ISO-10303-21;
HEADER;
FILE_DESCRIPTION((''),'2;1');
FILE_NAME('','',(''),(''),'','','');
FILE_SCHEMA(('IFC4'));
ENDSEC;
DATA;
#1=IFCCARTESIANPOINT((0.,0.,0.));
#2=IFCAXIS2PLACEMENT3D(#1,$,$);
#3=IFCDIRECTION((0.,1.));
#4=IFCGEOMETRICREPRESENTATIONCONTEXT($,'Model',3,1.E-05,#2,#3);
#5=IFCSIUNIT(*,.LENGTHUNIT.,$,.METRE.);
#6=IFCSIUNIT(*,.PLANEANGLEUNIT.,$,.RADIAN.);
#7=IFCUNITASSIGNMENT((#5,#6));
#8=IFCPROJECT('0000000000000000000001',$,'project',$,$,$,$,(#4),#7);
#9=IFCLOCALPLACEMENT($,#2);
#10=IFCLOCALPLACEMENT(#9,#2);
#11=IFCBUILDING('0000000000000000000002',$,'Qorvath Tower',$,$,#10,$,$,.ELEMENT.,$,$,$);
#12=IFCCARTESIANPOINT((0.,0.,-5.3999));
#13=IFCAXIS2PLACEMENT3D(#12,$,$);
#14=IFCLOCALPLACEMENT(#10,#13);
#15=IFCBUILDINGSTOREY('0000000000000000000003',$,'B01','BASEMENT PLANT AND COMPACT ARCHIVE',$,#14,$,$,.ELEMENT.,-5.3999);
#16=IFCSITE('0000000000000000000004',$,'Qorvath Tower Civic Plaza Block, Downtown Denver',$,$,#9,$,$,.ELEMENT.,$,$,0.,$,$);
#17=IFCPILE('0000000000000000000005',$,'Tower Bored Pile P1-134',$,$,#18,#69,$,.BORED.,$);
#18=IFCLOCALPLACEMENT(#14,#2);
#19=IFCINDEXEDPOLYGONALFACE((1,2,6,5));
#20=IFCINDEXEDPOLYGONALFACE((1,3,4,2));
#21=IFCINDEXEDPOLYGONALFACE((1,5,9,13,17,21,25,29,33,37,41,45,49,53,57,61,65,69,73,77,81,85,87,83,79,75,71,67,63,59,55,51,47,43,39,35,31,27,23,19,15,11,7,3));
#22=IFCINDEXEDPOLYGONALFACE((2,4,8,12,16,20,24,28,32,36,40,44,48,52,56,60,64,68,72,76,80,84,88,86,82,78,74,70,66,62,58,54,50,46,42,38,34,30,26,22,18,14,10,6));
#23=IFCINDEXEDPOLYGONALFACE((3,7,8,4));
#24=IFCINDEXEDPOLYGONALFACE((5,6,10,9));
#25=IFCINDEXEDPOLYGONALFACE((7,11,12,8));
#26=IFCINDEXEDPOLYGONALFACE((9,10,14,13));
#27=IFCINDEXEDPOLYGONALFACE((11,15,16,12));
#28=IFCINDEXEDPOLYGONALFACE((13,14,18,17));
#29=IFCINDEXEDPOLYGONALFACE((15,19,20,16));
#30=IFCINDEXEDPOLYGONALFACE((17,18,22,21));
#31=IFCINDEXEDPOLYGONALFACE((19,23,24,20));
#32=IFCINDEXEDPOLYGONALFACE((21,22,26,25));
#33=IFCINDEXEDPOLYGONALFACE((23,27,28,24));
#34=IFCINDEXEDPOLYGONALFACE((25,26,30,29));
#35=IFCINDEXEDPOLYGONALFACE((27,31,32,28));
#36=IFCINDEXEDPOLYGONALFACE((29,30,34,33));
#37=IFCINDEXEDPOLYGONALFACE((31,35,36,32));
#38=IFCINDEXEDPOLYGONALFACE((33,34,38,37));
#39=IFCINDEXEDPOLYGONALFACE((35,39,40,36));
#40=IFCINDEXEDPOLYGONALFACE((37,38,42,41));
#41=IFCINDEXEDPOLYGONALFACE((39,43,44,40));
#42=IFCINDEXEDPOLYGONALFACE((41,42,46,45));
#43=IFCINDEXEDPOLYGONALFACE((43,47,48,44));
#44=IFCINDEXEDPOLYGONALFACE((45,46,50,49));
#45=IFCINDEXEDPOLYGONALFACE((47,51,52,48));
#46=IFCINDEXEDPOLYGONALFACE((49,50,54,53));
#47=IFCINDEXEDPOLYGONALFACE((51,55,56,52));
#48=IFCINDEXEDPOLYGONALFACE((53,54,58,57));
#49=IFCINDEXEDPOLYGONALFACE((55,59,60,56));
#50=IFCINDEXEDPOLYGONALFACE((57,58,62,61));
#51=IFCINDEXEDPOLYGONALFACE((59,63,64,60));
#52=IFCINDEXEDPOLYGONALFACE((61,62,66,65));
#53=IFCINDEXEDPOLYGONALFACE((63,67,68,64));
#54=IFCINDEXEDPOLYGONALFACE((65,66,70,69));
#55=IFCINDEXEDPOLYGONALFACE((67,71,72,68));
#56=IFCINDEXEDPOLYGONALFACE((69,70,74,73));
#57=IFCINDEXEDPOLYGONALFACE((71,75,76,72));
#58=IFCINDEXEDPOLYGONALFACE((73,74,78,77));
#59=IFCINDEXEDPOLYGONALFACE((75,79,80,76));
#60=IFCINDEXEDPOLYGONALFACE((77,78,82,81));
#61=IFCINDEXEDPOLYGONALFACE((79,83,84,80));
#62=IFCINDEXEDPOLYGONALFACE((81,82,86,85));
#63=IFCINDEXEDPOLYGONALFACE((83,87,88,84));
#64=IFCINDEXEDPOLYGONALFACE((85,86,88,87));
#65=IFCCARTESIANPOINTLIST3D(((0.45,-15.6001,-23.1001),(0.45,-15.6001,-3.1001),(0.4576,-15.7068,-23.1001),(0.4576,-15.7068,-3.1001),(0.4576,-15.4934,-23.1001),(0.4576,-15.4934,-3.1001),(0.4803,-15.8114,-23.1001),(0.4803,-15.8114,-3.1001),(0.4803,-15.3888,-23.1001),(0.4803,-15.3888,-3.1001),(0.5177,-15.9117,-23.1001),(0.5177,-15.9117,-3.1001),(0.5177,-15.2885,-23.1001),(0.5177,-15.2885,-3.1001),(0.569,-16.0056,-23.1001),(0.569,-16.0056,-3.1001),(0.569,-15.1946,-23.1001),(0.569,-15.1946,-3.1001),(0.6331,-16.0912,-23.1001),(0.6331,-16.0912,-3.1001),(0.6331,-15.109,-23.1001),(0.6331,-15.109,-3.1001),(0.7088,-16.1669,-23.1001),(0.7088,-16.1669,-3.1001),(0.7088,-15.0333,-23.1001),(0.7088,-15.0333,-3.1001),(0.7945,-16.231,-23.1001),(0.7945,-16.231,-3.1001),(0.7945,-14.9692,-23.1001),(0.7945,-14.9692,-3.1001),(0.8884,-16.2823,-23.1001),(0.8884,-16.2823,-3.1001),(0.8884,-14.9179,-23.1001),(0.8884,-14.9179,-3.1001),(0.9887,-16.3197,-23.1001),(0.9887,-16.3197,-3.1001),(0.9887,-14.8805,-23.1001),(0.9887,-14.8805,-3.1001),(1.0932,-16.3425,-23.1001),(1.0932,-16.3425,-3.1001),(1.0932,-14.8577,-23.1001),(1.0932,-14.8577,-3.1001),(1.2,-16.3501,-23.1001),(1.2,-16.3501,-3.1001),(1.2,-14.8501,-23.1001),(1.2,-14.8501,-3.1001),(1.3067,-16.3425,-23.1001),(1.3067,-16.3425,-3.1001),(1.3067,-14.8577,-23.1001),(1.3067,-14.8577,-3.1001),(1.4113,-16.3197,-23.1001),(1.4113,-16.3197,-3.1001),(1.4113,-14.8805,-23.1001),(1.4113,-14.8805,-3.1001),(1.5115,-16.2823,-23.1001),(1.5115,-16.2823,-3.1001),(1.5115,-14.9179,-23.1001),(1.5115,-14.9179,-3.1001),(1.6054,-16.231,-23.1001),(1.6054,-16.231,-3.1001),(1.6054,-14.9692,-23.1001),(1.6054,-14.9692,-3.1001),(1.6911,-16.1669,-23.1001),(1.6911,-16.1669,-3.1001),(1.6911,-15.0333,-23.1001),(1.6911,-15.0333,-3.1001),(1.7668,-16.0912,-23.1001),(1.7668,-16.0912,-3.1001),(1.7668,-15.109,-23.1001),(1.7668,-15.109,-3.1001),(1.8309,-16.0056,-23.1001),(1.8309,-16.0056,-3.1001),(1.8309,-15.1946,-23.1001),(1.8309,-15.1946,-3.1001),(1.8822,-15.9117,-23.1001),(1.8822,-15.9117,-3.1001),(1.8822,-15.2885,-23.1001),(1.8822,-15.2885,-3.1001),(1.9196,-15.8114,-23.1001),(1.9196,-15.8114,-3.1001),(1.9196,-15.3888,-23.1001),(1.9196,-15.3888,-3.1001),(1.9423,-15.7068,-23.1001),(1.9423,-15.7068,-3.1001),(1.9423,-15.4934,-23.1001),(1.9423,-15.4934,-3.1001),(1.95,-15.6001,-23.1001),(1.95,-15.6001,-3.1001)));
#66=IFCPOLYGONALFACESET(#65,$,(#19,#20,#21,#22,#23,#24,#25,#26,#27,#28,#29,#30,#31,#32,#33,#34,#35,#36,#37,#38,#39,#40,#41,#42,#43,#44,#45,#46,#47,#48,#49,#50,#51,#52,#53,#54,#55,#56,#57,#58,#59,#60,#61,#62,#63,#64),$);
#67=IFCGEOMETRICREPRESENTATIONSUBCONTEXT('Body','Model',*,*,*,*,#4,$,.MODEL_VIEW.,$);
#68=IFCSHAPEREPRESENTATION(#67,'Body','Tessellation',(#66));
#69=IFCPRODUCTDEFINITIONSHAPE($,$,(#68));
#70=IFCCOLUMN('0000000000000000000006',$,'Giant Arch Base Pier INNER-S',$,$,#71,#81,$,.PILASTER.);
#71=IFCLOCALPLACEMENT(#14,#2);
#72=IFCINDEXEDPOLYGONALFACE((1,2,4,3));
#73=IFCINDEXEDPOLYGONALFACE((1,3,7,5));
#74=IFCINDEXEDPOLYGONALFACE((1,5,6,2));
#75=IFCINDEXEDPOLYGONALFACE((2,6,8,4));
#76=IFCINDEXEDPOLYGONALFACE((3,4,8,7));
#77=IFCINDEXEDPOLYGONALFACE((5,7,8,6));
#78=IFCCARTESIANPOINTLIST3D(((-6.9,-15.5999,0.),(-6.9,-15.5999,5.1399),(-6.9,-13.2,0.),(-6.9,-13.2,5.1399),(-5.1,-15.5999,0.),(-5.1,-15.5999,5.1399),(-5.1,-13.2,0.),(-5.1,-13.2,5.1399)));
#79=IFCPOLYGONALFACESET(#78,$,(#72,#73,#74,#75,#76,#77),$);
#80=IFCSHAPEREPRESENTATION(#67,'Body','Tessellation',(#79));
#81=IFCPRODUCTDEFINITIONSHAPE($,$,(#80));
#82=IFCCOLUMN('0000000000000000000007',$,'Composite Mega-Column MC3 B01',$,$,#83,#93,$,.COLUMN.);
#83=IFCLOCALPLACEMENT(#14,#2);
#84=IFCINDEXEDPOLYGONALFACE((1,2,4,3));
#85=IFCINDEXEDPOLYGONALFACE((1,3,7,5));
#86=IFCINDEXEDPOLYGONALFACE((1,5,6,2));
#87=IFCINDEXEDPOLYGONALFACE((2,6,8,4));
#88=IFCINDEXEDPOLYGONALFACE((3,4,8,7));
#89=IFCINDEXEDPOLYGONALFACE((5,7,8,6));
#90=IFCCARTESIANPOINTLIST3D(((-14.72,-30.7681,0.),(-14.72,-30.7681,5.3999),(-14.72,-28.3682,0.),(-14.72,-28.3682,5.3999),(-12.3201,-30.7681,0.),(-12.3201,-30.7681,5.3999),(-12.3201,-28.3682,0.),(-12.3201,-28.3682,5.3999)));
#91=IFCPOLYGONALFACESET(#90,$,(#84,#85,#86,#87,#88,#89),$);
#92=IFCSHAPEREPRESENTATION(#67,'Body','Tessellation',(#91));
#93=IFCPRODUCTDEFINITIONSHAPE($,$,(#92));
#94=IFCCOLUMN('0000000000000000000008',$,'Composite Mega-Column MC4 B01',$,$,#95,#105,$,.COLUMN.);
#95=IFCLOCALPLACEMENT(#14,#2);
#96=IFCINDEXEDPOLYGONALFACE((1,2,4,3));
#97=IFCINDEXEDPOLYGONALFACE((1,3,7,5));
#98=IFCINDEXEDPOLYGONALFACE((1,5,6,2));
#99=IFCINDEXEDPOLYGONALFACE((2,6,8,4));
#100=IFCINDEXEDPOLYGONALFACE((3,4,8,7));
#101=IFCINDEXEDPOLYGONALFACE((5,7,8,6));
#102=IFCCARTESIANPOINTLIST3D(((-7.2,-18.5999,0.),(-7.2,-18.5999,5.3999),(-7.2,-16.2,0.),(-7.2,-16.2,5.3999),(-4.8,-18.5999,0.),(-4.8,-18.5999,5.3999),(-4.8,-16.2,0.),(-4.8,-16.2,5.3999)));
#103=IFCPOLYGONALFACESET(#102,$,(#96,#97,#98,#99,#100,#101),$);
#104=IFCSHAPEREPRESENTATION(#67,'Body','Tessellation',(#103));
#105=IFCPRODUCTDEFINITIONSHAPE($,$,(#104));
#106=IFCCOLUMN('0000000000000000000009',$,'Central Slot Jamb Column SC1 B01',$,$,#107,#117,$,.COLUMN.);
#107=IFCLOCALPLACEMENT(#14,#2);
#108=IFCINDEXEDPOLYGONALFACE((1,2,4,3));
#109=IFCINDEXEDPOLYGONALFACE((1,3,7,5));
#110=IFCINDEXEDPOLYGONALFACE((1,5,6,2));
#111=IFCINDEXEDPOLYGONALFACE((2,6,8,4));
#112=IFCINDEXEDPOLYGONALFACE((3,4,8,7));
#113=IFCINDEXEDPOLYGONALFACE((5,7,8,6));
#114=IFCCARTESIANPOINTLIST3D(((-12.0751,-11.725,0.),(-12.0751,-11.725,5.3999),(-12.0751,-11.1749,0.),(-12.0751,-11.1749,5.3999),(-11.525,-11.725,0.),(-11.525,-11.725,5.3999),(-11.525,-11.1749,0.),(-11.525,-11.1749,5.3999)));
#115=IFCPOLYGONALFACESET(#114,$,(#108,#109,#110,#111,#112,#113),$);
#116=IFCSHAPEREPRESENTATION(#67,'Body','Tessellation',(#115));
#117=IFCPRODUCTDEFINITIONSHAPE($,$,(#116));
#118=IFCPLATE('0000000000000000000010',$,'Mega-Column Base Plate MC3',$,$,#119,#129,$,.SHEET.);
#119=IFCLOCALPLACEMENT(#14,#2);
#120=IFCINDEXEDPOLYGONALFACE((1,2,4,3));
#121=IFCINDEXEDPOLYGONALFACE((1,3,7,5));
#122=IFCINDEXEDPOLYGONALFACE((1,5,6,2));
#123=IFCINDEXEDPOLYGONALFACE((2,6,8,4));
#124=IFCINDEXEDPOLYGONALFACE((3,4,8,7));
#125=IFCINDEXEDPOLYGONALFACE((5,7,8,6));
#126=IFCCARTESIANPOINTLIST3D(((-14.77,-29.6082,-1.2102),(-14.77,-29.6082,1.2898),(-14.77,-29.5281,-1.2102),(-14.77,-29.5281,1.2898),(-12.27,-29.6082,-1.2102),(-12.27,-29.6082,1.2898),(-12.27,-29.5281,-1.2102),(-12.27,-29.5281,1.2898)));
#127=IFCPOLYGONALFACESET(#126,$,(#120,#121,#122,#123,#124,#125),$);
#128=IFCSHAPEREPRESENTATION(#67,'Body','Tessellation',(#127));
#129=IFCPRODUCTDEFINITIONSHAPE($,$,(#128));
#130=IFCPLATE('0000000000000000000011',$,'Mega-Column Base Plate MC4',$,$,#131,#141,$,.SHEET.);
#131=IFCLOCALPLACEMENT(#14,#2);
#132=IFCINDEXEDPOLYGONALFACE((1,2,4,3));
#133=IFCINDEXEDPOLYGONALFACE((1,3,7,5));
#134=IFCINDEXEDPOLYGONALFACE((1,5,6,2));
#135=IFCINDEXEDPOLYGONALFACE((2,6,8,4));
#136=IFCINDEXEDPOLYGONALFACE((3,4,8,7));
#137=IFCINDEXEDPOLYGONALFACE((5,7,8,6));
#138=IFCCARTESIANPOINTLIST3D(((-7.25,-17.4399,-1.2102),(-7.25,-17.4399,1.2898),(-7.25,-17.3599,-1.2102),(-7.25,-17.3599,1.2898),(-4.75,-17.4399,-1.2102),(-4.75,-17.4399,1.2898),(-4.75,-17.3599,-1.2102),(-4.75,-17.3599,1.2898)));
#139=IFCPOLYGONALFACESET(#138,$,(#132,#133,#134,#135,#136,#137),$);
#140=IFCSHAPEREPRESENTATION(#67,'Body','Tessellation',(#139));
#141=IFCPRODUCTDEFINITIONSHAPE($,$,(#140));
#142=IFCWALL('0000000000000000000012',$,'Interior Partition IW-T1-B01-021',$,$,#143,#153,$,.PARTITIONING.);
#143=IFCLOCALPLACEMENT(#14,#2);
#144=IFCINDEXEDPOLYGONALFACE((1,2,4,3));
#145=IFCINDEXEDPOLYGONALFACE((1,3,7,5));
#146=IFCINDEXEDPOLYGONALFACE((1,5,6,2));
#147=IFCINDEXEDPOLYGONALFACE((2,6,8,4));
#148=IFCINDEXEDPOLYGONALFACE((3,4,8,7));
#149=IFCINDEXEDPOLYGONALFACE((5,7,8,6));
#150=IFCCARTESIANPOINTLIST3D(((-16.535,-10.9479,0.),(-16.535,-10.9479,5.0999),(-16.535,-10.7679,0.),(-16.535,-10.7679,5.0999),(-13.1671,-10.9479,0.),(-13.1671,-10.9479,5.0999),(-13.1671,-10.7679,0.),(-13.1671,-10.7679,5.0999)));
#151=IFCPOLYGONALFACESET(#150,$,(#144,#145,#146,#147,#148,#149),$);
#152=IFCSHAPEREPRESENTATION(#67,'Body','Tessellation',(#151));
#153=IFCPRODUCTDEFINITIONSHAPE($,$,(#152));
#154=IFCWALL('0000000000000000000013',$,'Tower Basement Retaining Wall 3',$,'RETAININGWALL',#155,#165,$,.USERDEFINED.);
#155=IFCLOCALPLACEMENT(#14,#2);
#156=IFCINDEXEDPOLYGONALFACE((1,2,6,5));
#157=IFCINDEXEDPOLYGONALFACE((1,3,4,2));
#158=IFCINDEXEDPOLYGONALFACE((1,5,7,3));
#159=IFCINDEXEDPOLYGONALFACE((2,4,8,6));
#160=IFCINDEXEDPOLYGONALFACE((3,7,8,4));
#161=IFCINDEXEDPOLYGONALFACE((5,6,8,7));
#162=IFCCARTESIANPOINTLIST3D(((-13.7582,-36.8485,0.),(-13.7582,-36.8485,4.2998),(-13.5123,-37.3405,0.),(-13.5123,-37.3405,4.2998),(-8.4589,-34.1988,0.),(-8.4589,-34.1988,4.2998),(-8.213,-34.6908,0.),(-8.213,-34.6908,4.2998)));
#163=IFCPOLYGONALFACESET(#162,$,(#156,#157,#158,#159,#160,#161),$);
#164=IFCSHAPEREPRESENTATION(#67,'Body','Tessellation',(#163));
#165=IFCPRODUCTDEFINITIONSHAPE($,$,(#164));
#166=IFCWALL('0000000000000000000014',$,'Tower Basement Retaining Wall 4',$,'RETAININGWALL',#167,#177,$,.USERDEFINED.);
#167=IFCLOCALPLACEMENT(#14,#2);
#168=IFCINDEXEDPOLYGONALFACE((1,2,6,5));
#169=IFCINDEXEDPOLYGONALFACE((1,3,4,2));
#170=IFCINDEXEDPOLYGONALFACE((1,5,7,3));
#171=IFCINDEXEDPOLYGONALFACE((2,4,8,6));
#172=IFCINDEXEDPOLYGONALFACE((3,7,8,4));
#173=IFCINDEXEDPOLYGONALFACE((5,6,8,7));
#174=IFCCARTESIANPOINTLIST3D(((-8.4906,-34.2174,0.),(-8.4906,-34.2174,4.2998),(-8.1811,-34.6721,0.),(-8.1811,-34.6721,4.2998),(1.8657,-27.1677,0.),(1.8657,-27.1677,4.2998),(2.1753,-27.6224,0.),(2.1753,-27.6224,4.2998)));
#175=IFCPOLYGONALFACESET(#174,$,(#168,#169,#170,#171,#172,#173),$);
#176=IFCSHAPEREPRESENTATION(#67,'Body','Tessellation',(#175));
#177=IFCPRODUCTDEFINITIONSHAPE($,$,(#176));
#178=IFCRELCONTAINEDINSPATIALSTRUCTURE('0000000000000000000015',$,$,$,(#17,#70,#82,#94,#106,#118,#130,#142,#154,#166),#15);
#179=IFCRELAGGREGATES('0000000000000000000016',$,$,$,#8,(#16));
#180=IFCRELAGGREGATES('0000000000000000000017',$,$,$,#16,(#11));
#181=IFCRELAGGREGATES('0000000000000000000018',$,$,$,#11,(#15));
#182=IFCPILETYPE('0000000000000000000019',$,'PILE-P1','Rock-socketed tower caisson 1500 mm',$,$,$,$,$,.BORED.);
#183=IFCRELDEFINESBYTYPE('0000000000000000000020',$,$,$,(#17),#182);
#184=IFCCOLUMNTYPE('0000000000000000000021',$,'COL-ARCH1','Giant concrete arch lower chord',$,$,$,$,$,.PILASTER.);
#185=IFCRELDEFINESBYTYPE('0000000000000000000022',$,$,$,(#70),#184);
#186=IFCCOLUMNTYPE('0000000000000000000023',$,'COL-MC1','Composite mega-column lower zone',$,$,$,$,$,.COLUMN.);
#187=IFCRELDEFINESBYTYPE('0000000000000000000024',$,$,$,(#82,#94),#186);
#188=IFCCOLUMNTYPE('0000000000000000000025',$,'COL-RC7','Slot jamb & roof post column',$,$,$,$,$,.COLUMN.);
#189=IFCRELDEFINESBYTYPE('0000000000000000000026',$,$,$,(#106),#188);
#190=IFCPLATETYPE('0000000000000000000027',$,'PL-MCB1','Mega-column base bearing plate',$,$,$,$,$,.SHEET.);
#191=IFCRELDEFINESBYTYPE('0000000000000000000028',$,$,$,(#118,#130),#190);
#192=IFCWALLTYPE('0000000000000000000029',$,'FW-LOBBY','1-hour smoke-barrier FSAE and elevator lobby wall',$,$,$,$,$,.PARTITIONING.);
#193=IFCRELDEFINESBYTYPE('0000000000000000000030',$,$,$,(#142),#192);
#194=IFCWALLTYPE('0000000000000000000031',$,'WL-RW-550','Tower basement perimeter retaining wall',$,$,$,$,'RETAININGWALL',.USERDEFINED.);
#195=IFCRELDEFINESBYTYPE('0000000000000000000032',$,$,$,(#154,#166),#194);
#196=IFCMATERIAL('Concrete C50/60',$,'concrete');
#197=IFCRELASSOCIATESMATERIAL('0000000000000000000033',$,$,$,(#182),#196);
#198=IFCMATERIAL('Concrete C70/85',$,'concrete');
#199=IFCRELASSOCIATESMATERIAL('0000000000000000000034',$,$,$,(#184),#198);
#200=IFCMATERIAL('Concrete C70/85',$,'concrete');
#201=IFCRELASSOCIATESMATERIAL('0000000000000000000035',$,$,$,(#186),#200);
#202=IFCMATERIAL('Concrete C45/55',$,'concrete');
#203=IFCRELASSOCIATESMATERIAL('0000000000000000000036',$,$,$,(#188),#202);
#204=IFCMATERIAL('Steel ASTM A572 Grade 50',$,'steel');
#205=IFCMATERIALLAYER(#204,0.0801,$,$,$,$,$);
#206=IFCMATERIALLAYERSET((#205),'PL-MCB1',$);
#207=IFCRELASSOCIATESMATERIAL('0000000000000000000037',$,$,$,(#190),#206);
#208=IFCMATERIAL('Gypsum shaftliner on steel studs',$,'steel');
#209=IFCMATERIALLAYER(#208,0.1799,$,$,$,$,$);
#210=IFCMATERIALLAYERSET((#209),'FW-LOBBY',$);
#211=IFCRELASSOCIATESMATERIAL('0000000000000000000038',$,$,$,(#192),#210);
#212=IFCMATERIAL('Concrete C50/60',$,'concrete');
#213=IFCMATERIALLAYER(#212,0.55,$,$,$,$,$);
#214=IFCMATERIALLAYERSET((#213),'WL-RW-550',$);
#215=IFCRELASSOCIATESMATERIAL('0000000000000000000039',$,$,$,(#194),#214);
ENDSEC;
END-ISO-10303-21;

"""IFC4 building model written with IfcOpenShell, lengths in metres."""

from ifc_helpers import new_model, si_unit, direction, frame, frame_2d, origin, origin_2d, place, context, subcontext, project, spatial, rectangle, circle, extrude, material, layer, layer_set, material_profile, profile_set, type_object, element, save


model = new_model("IFC4")

# Units and contexts
model_context = context("Model", 3, precision=1e-05, world=origin(), true_north=direction((0.0, 1.0)))
body_context = subcontext(model_context, "Body", "Model", "MODEL_VIEW")
ifc_project = project(units=[si_unit("LENGTHUNIT", "METRE"), si_unit("PLANEANGLEUNIT", "RADIAN")], contexts=[model_context])

# Site, building, storey
site_placement = place(None, origin())
site = spatial("IfcSite", under=ifc_project, at=site_placement, Name="Qorvath Tower Civic Plaza Block, Downtown Denver", CompositionType="ELEMENT", RefElevation=0.0)
building_placement = place(site_placement, origin())
building = spatial("IfcBuilding", under=site, at=building_placement, Name="Qorvath Tower", CompositionType="ELEMENT")
storey_placement = place(building_placement, frame((0.0, 0.0, -5.3999)))
storey = spatial("IfcBuildingStorey", under=building, at=storey_placement, Name="B01", Description="BASEMENT PLANT AND COMPACT ARCHIVE", CompositionType="ELEMENT", Elevation=-5.3999)

# Pile
ifc_material_1 = material(Name="Concrete C50/60", Category="concrete")
ifc_material_profile_1 = material_profile(ifc_material_1, circle(Radius=0.75, at=origin_2d()), Name="BORED PILE 1500")
ifc_profile_set_1 = profile_set([ifc_material_profile_1], Name="Concrete C50/60")
pile_type = type_object("IfcPileType", Name="PILE-P1", Description="Rock-socketed tower caisson 1500 mm", PredefinedType="BORED", material=ifc_profile_set_1)
for number, where, z_axis, x_axis, name in (
    (1, (1.2, -15.6001, -3.1001), (0.0, 0.0, -1.0), (1.0, 0.0, 0.0), "Tower Bored Pile P1-134"),
):
    element("IfcPile", number, at=place(storey_placement, frame(where, z_axis=z_axis, x_axis=x_axis)), inside=storey, type_object=pile_type, Name=name, PredefinedType="BORED", context=body_context, shape_type="SweptSolid", body=[
        extrude(circle(Radius=0.75, at=origin_2d()), origin(), (0.0, 0.0, 1.0), 20.0),
    ])

# Columns
ifc_material_2 = material(Name="Concrete C70/85", Category="concrete")
ifc_material_profile_2 = material_profile(ifc_material_2, rectangle(XDim=1.8, YDim=2.3999, at=origin_2d()), Name="ARCH 2400x1800")
ifc_profile_set_2 = profile_set([ifc_material_profile_2], Name="Concrete C70/85")
column_type_1 = type_object("IfcColumnType", Name="COL-ARCH1", Description="Giant concrete arch lower chord", PredefinedType="PILASTER", material=ifc_profile_set_2)
column_1_placement = place(storey_placement, frame((-6.0, -14.3999, 0.0), z_axis=(0.0, 0.0, 1.0), x_axis=(1.0, 0.0, 0.0)))
element("IfcColumn", 2, at=column_1_placement, inside=storey, type_object=column_type_1, Name="Giant Arch Base Pier INNER-S", PredefinedType="PILASTER", context=body_context, shape_type="SweptSolid", body=[
    extrude(rectangle(XDim=1.8, YDim=2.3999, at=origin_2d()), origin(), (0.0, 0.0, 1.0), 5.1399),
])
ifc_material_3 = material(Name="Concrete C70/85", Category="concrete")
ifc_material_profile_3 = material_profile(ifc_material_3, rectangle(XDim=2.3999, YDim=2.3999, at=origin_2d()), Name="MC 2400x2400")
ifc_profile_set_3 = profile_set([ifc_material_profile_3], Name="Concrete C70/85")
column_type_2 = type_object("IfcColumnType", Name="COL-MC1", Description="Composite mega-column lower zone", PredefinedType="COLUMN", material=ifc_profile_set_3)
for number, where, z_axis, x_axis, name in (
    (3, (-13.52, -29.5681, 0.0), (0.0, 0.0, 1.0), (1.0, 0.0, 0.0), "Composite Mega-Column MC3 B01"),
    (4, (-6.0, -17.3999, 0.0), (0.0, 0.0, 1.0), (1.0, 0.0, 0.0), "Composite Mega-Column MC4 B01"),
):
    element("IfcColumn", number, at=place(storey_placement, frame(where, z_axis=z_axis, x_axis=x_axis)), inside=storey, type_object=column_type_2, Name=name, PredefinedType="COLUMN", context=body_context, shape_type="SweptSolid", body=[
        extrude(rectangle(XDim=2.3999, YDim=2.3999, at=origin_2d()), origin(), (0.0, 0.0, 1.0), 5.3999),
    ])
ifc_material_4 = material(Name="Concrete C45/55", Category="concrete")
ifc_material_profile_4 = material_profile(ifc_material_4, rectangle(XDim=0.55, YDim=0.55, at=origin_2d()), Name="RC 550x550")
ifc_profile_set_4 = profile_set([ifc_material_profile_4], Name="Concrete C45/55")
column_type_3 = type_object("IfcColumnType", Name="COL-RC7", Description="Slot jamb & roof post column", PredefinedType="COLUMN", material=ifc_profile_set_4)
column_2_placement = place(storey_placement, frame((-11.8, -11.45, 0.0), z_axis=(0.0, 0.0, 1.0), x_axis=(1.0, 0.0, 0.0)))
element("IfcColumn", 5, at=column_2_placement, inside=storey, type_object=column_type_3, Name="Central Slot Jamb Column SC1 B01", PredefinedType="COLUMN", context=body_context, shape_type="SweptSolid", body=[
    extrude(rectangle(XDim=0.55, YDim=0.55, at=origin_2d()), origin(), (0.0, 0.0, 1.0), 5.3999),
])

# Plates
ifc_material_5 = material(Name="Steel ASTM A572 Grade 50", Category="steel")
ifc_layer_1 = layer(ifc_material_5, 0.0801)
ifc_layer_set_1 = layer_set([ifc_layer_1], Name="PL-MCB1")
plate_type = type_object("IfcPlateType", Name="PL-MCB1", Description="Mega-column base bearing plate", PredefinedType="SHEET", material=ifc_layer_set_1)
for number, where, z_axis, x_axis, name in (
    (6, (-13.52, -29.5681, -1.2102), (0.0, 0.0, 1.0), (1.0, 0.0, 0.0), "Mega-Column Base Plate MC3"),
    (7, (-6.0, -17.3999, -1.2102), (0.0, 0.0, 1.0), (1.0, 0.0, 0.0), "Mega-Column Base Plate MC4"),
):
    element("IfcPlate", number, at=place(storey_placement, frame(where, z_axis=z_axis, x_axis=x_axis)), inside=storey, type_object=plate_type, Name=name, PredefinedType="SHEET", context=body_context, shape_type="SweptSolid", body=[
        extrude(rectangle(XDim=2.5, YDim=0.0801, at=origin_2d()), origin(), (0.0, 0.0, 1.0), 2.5),
    ])

# Walls
ifc_material_6 = material(Name="Gypsum shaftliner on steel studs", Category="steel")
ifc_layer_2 = layer(ifc_material_6, 0.1799)
ifc_layer_set_2 = layer_set([ifc_layer_2], Name="FW-LOBBY")
wall_type_1 = type_object("IfcWallType", Name="FW-LOBBY", Description="1-hour smoke-barrier FSAE and elevator lobby wall", PredefinedType="PARTITIONING", material=ifc_layer_set_2)
wall_1_placement = place(storey_placement, frame((-13.167, -10.8579, 0.0), z_axis=(0.0, 0.0, 1.0), x_axis=(-1.0, 0.0, 0.0)))
element("IfcWall", 8, at=wall_1_placement, inside=storey, type_object=wall_type_1, Name="Interior Partition IW-T1-B01-021", PredefinedType="PARTITIONING", context=body_context, shape_type="SweptSolid", body=[
    extrude(rectangle(XDim=3.3679, YDim=0.1799, at=frame_2d((1.6841, 0.0))), origin(), (0.0, 0.0, 1.0), 5.0999),
])
ifc_material_7 = material(Name="Concrete C50/60", Category="concrete")
ifc_layer_3 = layer(ifc_material_7, 0.55)
ifc_layer_set_3 = layer_set([ifc_layer_3], Name="WL-RW-550")
wall_type_2 = type_object("IfcWallType", Name="WL-RW-550", Description="Tower basement perimeter retaining wall", ElementType="RETAININGWALL", PredefinedType="USERDEFINED", material=ifc_layer_set_3)
wall_2_placement = place(storey_placement, frame((-13.6353, -37.0945, 0.0), z_axis=(0.0, 0.0, 1.0), x_axis=(0.894427, 0.447214, 0.0)))
element("IfcWall", 9, at=wall_2_placement, inside=storey, type_object=wall_type_2, Name="Tower Basement Retaining Wall 3", ObjectType="RETAININGWALL", PredefinedType="USERDEFINED", context=body_context, shape_type="SweptSolid", body=[
    extrude(rectangle(XDim=5.9248, YDim=0.55, at=frame_2d((2.9624, 0.0))), origin(), (0.0, 0.0, 1.0), 4.2998),
])
wall_3_placement = place(storey_placement, frame((-8.3359, -34.4448, 0.0), z_axis=(0.0, 0.0, 1.0), x_axis=(0.826651, 0.562715, 0.0)))
element("IfcWall", 10, at=wall_3_placement, inside=storey, type_object=wall_type_2, Name="Tower Basement Retaining Wall 4", ObjectType="RETAININGWALL", PredefinedType="USERDEFINED", context=body_context, shape_type="SweptSolid", body=[
    extrude(rectangle(XDim=12.5281, YDim=0.55, at=frame_2d((6.2642, 0.0))), origin(), (0.0, 0.0, 1.0), 4.2998),
])

save(model, "model.ifc")
